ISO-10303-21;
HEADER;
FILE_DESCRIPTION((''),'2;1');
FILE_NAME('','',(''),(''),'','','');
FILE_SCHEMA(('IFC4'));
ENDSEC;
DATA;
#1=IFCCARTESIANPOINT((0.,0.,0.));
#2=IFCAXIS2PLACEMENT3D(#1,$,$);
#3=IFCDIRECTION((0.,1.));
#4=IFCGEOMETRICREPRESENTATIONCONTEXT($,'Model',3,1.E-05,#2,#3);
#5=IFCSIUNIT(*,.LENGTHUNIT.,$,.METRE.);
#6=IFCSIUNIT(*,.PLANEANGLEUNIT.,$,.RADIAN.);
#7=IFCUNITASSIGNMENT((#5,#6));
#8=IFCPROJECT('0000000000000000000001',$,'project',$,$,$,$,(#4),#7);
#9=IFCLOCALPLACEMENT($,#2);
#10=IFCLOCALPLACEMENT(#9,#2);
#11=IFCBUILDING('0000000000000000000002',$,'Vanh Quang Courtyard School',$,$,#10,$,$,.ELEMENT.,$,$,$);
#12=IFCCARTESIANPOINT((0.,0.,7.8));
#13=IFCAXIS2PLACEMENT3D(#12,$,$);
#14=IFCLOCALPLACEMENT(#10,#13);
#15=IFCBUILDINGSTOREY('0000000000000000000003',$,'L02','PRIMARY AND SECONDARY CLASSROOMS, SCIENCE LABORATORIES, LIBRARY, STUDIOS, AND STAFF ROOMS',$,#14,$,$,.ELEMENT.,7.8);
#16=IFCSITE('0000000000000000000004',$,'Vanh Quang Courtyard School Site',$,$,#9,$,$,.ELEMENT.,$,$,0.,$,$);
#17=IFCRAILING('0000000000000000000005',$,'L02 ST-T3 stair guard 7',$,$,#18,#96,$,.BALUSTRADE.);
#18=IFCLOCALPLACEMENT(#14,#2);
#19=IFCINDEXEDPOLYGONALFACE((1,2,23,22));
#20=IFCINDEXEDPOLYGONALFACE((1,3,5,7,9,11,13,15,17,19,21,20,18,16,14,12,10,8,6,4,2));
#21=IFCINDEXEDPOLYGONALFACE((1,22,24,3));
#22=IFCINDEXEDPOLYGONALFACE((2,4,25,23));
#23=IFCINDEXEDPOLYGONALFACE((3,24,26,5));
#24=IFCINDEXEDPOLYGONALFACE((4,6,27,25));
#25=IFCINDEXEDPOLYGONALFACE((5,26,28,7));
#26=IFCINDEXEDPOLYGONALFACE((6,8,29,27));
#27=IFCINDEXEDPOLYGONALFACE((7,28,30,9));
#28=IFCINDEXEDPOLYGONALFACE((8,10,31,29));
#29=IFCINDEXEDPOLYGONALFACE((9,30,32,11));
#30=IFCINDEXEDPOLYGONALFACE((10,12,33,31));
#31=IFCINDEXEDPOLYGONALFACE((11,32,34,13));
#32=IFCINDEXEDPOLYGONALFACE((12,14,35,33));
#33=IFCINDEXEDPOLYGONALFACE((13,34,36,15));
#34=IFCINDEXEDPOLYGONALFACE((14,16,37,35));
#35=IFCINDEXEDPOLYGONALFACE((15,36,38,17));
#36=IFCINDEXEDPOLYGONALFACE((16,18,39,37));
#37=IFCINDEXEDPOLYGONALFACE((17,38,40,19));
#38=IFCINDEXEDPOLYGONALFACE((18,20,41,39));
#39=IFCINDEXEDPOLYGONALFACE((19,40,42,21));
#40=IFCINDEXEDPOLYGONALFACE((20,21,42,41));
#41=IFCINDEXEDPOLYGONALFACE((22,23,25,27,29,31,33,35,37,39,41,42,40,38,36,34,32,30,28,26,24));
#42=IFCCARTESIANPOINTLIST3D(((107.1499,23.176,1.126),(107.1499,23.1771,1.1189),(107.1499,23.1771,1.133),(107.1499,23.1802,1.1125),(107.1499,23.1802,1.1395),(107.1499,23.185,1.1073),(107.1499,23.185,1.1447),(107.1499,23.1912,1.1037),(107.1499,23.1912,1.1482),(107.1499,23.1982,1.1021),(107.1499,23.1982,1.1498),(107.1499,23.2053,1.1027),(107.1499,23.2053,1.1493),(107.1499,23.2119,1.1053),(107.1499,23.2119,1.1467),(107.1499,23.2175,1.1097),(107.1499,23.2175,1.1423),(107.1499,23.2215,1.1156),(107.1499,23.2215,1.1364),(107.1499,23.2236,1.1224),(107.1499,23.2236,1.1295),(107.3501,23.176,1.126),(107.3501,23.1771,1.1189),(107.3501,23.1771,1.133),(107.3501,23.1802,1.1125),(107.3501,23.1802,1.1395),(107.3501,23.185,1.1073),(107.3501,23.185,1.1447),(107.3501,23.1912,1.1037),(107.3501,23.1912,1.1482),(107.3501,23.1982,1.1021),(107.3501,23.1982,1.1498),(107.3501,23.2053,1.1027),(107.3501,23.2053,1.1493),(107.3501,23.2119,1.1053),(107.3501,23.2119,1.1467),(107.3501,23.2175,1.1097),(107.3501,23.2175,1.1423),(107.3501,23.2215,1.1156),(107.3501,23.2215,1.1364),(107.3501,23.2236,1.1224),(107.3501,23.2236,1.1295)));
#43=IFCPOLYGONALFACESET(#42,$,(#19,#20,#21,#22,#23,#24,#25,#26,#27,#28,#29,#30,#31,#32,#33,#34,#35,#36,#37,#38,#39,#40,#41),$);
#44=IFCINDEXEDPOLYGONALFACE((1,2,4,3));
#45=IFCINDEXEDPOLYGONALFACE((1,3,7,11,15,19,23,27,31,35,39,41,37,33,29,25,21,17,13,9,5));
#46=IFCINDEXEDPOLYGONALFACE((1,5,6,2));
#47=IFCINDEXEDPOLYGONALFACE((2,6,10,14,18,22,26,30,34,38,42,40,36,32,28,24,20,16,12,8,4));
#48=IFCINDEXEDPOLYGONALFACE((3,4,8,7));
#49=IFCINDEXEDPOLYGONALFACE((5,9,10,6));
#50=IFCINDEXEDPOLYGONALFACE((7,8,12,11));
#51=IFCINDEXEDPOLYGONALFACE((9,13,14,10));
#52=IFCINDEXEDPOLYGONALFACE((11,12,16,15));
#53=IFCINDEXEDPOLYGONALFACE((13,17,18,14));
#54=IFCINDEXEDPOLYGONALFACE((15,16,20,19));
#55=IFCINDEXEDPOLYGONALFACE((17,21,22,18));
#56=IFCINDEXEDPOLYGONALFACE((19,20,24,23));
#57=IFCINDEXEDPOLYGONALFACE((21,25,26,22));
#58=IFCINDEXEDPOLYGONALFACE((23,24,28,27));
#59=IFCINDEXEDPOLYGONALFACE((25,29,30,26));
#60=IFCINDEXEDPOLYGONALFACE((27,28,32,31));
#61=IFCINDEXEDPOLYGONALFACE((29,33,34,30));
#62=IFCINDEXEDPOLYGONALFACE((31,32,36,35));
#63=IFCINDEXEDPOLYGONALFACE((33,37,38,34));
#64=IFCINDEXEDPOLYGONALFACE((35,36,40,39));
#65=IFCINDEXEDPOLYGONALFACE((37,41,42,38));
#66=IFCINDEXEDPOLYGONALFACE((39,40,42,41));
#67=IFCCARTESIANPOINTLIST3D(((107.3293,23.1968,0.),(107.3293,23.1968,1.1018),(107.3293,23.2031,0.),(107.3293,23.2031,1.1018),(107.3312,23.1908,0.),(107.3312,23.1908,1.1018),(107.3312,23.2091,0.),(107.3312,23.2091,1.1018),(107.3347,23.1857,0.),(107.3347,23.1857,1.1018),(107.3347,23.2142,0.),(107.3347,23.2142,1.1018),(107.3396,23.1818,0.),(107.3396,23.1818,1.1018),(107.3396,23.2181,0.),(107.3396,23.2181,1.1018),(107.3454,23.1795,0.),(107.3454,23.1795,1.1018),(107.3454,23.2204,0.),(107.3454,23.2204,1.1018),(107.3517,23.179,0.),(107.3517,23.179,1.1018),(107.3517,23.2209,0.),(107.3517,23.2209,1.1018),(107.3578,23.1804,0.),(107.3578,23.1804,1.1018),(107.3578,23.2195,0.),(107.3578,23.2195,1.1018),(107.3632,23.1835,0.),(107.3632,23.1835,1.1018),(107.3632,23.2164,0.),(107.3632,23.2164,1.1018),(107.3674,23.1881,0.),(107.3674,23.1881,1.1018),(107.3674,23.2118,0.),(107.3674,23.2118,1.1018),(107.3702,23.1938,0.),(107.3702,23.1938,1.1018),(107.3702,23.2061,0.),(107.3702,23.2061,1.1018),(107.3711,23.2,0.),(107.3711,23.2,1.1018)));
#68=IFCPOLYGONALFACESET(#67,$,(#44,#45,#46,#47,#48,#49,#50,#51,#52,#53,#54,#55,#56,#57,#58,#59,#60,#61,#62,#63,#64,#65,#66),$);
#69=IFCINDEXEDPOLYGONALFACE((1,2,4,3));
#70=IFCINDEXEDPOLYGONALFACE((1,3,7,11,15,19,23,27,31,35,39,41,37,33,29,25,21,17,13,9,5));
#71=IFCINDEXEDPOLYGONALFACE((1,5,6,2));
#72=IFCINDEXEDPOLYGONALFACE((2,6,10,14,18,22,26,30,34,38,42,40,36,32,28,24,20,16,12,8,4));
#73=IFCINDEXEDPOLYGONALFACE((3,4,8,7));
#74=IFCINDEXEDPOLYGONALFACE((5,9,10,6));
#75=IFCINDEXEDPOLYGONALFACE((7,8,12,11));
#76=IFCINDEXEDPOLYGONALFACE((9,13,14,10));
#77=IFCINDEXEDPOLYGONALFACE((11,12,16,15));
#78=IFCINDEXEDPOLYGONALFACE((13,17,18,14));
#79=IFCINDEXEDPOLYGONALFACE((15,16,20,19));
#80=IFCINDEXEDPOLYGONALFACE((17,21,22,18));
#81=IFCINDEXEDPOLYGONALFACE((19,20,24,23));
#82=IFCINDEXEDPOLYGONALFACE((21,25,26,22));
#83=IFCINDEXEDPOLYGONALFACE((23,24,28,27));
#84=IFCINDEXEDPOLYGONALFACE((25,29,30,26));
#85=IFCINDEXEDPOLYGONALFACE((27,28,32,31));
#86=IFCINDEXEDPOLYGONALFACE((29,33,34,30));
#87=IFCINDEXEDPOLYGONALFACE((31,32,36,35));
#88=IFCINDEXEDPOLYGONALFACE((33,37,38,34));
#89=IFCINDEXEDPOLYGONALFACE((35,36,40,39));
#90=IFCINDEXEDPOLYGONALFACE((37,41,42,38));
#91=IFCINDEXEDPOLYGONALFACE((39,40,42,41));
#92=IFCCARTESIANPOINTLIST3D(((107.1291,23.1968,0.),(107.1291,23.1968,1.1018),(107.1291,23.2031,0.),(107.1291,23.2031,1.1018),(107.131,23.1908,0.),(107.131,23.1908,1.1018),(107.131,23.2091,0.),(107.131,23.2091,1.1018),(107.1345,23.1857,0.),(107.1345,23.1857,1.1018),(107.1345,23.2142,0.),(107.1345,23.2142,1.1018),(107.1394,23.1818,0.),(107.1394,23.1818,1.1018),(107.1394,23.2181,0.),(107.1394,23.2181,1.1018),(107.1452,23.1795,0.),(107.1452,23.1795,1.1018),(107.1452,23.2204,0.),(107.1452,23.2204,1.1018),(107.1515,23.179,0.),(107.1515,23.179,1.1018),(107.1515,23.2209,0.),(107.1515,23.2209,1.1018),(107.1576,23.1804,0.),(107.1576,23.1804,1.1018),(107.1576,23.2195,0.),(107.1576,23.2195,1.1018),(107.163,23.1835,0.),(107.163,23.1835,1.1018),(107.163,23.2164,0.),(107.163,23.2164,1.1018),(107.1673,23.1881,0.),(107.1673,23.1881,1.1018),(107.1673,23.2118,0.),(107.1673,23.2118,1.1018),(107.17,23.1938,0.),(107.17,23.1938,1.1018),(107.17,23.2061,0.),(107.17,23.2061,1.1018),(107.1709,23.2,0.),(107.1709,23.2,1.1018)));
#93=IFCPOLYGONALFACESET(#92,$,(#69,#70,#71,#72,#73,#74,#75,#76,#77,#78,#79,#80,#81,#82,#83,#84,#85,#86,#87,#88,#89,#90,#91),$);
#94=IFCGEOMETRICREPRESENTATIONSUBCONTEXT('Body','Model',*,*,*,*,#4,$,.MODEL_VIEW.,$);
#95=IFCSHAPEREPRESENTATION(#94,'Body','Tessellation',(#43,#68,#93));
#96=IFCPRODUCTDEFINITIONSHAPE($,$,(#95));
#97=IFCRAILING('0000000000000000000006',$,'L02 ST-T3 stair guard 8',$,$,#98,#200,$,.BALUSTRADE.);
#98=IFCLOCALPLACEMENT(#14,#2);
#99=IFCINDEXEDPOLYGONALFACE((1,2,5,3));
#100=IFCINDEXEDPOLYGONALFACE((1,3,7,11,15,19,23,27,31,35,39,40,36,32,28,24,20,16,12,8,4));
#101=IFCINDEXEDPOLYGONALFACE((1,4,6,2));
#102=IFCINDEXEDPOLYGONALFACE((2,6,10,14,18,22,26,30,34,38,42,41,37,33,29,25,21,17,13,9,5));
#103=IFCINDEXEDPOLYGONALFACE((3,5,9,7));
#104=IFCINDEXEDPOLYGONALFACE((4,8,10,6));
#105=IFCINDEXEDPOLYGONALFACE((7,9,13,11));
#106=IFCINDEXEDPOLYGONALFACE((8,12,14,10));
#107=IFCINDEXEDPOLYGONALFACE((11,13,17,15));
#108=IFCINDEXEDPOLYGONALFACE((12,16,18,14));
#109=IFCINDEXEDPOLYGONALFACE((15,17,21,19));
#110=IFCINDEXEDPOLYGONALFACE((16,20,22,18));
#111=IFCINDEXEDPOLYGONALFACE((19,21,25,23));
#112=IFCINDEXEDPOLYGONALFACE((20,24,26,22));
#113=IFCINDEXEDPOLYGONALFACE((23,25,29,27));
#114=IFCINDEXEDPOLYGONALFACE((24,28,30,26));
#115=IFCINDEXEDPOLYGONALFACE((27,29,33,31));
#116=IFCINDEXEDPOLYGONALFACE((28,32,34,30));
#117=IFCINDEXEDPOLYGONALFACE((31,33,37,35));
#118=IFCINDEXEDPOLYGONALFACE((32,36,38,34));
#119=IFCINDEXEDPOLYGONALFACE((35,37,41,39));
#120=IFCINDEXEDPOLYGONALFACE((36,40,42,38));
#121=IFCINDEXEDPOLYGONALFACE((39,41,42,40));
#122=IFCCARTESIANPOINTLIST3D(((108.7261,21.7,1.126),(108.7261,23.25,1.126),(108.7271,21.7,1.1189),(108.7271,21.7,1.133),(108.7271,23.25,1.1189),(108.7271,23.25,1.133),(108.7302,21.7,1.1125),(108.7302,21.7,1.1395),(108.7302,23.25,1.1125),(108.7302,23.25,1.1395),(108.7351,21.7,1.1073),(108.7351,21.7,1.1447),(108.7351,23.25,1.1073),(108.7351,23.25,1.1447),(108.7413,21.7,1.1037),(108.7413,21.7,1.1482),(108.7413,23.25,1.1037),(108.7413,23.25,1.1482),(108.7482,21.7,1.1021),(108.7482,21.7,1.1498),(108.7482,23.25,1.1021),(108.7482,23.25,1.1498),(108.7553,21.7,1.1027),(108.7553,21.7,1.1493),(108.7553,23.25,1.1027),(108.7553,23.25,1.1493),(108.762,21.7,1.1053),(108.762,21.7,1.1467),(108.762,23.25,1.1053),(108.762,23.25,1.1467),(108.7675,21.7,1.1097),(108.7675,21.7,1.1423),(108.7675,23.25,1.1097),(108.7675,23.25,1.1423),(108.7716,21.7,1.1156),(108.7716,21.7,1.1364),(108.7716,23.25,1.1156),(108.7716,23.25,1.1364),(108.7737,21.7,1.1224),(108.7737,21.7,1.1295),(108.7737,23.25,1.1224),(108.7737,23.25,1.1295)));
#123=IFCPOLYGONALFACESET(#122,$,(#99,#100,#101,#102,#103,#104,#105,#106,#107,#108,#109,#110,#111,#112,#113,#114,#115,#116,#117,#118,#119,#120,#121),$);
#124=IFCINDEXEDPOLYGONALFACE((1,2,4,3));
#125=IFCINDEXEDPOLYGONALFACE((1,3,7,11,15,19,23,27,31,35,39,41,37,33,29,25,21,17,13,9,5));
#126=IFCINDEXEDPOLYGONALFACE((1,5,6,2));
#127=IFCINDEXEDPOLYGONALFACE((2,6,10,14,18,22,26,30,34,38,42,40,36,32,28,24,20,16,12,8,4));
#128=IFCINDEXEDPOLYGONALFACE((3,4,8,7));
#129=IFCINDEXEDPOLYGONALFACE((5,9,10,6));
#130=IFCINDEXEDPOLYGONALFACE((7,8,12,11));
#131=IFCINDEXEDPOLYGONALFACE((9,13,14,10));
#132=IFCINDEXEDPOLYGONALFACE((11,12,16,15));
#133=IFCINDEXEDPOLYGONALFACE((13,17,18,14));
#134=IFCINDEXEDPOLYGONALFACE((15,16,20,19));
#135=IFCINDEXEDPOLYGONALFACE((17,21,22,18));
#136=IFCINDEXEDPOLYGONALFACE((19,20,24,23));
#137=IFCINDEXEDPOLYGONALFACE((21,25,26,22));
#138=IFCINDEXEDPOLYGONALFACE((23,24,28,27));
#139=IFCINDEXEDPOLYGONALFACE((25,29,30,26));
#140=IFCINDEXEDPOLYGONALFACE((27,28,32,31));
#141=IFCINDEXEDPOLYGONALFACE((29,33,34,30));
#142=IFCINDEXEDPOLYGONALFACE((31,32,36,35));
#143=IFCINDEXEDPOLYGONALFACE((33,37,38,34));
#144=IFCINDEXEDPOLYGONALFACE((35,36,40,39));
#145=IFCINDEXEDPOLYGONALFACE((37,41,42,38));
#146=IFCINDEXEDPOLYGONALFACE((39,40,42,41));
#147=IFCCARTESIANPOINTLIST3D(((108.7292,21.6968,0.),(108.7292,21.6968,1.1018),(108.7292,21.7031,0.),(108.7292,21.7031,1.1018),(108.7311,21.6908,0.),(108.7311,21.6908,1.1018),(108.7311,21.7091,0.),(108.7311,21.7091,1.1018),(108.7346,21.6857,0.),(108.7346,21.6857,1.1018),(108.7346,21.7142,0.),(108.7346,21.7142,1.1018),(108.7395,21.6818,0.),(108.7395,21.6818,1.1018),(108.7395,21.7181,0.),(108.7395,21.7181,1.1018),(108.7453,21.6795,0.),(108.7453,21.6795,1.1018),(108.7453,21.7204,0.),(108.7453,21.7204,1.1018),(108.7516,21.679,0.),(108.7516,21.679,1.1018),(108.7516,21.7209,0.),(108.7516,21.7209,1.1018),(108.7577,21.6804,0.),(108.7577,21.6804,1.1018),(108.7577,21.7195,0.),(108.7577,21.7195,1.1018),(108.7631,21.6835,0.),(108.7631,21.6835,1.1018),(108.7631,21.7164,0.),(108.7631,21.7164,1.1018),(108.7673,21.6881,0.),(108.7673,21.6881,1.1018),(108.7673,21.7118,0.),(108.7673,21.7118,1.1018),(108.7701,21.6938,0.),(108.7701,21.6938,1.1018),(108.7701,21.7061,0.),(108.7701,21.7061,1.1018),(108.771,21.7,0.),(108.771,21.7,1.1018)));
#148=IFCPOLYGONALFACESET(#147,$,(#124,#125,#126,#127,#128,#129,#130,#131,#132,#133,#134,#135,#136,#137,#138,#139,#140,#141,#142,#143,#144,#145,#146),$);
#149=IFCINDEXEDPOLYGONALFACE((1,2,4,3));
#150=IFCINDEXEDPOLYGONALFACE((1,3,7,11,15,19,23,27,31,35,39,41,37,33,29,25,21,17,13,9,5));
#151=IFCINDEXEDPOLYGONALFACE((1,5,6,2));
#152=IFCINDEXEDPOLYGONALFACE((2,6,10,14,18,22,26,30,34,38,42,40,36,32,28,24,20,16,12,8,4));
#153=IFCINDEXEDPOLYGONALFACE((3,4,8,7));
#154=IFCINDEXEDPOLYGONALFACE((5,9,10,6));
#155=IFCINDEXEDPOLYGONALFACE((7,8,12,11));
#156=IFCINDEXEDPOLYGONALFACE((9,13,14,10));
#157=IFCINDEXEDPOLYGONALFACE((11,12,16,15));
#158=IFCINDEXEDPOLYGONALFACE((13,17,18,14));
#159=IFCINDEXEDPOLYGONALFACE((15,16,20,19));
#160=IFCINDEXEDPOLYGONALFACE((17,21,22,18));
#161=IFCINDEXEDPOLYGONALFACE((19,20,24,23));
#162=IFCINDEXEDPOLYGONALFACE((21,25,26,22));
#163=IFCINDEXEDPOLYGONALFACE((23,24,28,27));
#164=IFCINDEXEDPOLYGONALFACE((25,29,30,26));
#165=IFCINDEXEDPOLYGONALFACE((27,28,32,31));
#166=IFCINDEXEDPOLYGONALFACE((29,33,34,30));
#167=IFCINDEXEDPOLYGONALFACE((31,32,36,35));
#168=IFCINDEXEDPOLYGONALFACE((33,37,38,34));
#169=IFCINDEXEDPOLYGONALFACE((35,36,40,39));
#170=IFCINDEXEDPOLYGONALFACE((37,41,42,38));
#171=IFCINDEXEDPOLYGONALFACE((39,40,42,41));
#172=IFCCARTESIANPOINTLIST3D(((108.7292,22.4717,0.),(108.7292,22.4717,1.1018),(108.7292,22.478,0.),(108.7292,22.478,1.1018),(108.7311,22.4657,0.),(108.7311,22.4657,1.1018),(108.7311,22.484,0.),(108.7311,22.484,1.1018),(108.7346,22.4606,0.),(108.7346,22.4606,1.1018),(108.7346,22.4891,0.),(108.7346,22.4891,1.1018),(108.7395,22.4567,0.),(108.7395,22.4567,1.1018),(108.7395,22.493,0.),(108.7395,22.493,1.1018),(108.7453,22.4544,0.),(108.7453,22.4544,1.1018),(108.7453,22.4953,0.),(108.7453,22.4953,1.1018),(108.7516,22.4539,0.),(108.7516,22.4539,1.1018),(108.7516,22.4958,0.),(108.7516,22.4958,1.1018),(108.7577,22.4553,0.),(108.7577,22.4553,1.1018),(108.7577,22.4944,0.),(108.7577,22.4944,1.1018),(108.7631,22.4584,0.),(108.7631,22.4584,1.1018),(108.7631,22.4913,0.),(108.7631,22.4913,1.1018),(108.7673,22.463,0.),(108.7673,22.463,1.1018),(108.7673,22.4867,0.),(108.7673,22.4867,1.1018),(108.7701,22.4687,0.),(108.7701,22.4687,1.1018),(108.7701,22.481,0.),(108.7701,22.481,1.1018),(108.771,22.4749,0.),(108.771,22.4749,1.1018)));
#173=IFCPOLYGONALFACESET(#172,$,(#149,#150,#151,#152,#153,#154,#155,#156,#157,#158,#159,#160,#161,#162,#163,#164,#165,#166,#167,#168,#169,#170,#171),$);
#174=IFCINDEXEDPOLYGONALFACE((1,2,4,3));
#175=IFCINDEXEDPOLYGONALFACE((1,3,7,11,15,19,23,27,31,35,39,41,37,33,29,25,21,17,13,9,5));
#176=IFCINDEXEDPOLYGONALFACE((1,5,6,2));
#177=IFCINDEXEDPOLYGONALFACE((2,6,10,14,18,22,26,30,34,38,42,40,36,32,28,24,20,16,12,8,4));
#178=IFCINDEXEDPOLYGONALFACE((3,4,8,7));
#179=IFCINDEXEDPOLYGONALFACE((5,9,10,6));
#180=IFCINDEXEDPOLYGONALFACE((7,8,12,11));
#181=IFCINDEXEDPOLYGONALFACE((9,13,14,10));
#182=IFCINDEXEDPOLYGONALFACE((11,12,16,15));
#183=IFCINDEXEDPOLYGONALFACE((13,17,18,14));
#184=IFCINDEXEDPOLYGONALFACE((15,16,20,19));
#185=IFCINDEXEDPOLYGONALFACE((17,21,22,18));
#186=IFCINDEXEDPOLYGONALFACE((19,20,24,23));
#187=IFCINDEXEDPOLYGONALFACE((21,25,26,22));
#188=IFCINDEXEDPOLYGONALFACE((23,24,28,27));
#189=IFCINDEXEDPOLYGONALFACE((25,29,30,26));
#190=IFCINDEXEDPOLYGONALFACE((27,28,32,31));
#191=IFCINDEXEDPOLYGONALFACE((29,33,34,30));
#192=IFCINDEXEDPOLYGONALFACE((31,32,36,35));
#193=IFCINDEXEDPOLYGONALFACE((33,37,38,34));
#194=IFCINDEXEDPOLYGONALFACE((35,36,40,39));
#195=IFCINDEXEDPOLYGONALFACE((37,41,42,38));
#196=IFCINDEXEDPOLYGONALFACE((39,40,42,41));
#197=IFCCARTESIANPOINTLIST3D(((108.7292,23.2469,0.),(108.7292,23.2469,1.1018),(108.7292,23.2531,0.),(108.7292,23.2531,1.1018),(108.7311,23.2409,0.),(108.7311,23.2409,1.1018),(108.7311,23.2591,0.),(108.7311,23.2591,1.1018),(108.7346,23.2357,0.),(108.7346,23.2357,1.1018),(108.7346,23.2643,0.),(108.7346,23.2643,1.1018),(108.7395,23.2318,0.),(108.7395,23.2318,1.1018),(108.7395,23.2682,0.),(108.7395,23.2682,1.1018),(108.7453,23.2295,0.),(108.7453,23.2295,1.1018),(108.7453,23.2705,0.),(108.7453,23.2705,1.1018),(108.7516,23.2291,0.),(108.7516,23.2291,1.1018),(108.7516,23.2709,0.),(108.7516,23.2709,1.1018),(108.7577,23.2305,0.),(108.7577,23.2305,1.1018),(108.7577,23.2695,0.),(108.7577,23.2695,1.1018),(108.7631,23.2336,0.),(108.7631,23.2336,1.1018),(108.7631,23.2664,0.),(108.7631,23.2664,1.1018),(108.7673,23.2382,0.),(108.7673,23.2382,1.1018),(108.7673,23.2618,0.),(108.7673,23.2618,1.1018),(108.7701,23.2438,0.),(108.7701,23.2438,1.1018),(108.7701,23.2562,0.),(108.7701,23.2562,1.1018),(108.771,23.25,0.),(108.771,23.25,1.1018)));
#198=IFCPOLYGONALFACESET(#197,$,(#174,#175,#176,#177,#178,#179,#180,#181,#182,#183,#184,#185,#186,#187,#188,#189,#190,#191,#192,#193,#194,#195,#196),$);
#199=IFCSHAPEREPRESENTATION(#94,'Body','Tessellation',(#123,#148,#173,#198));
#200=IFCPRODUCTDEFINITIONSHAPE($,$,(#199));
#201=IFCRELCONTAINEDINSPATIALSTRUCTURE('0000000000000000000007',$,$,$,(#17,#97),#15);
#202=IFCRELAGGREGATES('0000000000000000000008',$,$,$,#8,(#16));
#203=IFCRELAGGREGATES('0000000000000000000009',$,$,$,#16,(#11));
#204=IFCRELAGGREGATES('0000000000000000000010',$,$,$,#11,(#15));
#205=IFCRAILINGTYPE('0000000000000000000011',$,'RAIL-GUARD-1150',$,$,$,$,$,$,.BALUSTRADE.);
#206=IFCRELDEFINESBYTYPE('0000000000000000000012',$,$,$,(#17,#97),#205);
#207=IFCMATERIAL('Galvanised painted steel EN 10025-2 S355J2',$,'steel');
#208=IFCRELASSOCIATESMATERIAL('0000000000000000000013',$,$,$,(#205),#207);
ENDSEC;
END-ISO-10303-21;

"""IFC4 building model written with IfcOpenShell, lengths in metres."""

from ifc_helpers import new_model, si_unit, direction, frame, origin, origin_2d, place, context, subcontext, project, spatial, circle, extrude, material, type_object, element, save


model = new_model("IFC4")

# Units and contexts
model_context = context("Model", 3, precision=1e-05, world=origin(), true_north=direction((0.0, 1.0)))
body_context = subcontext(model_context, "Body", "Model", "MODEL_VIEW")
ifc_project = project(units=[si_unit("LENGTHUNIT", "METRE"), si_unit("PLANEANGLEUNIT", "RADIAN")], contexts=[model_context])

# Site, building, storey
site_placement = place(None, origin())
site = spatial("IfcSite", under=ifc_project, at=site_placement, Name="Vanh Quang Courtyard School Site", CompositionType="ELEMENT", RefElevation=0.0)
building_placement = place(site_placement, origin())
building = spatial("IfcBuilding", under=site, at=building_placement, Name="Vanh Quang Courtyard School", CompositionType="ELEMENT")
storey_placement = place(building_placement, frame((0.0, 0.0, 7.8)))
storey = spatial("IfcBuildingStorey", under=building, at=storey_placement, Name="L02", Description="PRIMARY AND SECONDARY CLASSROOMS, SCIENCE LABORATORIES, LIBRARY, STUDIOS, AND STAFF ROOMS", CompositionType="ELEMENT", Elevation=7.8)

# Railings
ifc_material_1 = material(Name="Galvanised painted steel EN 10025-2 S355J2", Category="steel")
railing_type_1 = type_object("IfcRailingType", Name="RAIL-GUARD-1150", PredefinedType="BALUSTRADE", material=ifc_material_1)
railing_1_placement = place(storey_placement, frame((107.3501, 23.2, 0.0)))
element("IfcRailing", 1, at=railing_1_placement, inside=storey, type_object=railing_type_1, Name="L02 ST-T3 stair guard 7", PredefinedType="BALUSTRADE", context=body_context, shape_type="SweptSolid", body=[
    extrude(circle(Radius=0.0239, at=origin_2d()), frame((0.0, 0.0, 1.126), z_axis=(-1.0, 0.0, 0.0), x_axis=(0.0, -1.0, 0.0)), (0.0, 0.0, 1.0), 0.2002),
    extrude(circle(Radius=0.021, at=origin_2d()), origin(), (0.0, 0.0, 1.0), 1.1018),
    extrude(circle(Radius=0.021, at=origin_2d()), frame((-0.2002, 0.0, 0.0)), (0.0, 0.0, 1.0), 1.1018),
])
for number, where, name in (
    (2, (108.75, 21.7, 0.0), "L02 ST-T3 stair guard 8"),
):
    element("IfcRailing", number, at=place(storey_placement, frame(where)), inside=storey, type_object=railing_type_1, Name=name, PredefinedType="BALUSTRADE", context=body_context, shape_type="SweptSolid", body=[
        extrude(circle(Radius=0.0239, at=origin_2d()), frame((0.0, 0.0, 1.126), z_axis=(0.0, 1.0, 0.0), x_axis=(-1.0, 0.0, 0.0)), (0.0, 0.0, 1.0), 1.55),
        extrude(circle(Radius=0.021, at=origin_2d()), origin(), (0.0, 0.0, 1.0), 1.1018),
        extrude(circle(Radius=0.021, at=origin_2d()), frame((0.0, 0.7749, 0.0)), (0.0, 0.0, 1.0), 1.1018),
        extrude(circle(Radius=0.021, at=origin_2d()), frame((0.0, 1.55, 0.0)), (0.0, 0.0, 1.0), 1.1018),
    ])

save(model, "model.ifc")
